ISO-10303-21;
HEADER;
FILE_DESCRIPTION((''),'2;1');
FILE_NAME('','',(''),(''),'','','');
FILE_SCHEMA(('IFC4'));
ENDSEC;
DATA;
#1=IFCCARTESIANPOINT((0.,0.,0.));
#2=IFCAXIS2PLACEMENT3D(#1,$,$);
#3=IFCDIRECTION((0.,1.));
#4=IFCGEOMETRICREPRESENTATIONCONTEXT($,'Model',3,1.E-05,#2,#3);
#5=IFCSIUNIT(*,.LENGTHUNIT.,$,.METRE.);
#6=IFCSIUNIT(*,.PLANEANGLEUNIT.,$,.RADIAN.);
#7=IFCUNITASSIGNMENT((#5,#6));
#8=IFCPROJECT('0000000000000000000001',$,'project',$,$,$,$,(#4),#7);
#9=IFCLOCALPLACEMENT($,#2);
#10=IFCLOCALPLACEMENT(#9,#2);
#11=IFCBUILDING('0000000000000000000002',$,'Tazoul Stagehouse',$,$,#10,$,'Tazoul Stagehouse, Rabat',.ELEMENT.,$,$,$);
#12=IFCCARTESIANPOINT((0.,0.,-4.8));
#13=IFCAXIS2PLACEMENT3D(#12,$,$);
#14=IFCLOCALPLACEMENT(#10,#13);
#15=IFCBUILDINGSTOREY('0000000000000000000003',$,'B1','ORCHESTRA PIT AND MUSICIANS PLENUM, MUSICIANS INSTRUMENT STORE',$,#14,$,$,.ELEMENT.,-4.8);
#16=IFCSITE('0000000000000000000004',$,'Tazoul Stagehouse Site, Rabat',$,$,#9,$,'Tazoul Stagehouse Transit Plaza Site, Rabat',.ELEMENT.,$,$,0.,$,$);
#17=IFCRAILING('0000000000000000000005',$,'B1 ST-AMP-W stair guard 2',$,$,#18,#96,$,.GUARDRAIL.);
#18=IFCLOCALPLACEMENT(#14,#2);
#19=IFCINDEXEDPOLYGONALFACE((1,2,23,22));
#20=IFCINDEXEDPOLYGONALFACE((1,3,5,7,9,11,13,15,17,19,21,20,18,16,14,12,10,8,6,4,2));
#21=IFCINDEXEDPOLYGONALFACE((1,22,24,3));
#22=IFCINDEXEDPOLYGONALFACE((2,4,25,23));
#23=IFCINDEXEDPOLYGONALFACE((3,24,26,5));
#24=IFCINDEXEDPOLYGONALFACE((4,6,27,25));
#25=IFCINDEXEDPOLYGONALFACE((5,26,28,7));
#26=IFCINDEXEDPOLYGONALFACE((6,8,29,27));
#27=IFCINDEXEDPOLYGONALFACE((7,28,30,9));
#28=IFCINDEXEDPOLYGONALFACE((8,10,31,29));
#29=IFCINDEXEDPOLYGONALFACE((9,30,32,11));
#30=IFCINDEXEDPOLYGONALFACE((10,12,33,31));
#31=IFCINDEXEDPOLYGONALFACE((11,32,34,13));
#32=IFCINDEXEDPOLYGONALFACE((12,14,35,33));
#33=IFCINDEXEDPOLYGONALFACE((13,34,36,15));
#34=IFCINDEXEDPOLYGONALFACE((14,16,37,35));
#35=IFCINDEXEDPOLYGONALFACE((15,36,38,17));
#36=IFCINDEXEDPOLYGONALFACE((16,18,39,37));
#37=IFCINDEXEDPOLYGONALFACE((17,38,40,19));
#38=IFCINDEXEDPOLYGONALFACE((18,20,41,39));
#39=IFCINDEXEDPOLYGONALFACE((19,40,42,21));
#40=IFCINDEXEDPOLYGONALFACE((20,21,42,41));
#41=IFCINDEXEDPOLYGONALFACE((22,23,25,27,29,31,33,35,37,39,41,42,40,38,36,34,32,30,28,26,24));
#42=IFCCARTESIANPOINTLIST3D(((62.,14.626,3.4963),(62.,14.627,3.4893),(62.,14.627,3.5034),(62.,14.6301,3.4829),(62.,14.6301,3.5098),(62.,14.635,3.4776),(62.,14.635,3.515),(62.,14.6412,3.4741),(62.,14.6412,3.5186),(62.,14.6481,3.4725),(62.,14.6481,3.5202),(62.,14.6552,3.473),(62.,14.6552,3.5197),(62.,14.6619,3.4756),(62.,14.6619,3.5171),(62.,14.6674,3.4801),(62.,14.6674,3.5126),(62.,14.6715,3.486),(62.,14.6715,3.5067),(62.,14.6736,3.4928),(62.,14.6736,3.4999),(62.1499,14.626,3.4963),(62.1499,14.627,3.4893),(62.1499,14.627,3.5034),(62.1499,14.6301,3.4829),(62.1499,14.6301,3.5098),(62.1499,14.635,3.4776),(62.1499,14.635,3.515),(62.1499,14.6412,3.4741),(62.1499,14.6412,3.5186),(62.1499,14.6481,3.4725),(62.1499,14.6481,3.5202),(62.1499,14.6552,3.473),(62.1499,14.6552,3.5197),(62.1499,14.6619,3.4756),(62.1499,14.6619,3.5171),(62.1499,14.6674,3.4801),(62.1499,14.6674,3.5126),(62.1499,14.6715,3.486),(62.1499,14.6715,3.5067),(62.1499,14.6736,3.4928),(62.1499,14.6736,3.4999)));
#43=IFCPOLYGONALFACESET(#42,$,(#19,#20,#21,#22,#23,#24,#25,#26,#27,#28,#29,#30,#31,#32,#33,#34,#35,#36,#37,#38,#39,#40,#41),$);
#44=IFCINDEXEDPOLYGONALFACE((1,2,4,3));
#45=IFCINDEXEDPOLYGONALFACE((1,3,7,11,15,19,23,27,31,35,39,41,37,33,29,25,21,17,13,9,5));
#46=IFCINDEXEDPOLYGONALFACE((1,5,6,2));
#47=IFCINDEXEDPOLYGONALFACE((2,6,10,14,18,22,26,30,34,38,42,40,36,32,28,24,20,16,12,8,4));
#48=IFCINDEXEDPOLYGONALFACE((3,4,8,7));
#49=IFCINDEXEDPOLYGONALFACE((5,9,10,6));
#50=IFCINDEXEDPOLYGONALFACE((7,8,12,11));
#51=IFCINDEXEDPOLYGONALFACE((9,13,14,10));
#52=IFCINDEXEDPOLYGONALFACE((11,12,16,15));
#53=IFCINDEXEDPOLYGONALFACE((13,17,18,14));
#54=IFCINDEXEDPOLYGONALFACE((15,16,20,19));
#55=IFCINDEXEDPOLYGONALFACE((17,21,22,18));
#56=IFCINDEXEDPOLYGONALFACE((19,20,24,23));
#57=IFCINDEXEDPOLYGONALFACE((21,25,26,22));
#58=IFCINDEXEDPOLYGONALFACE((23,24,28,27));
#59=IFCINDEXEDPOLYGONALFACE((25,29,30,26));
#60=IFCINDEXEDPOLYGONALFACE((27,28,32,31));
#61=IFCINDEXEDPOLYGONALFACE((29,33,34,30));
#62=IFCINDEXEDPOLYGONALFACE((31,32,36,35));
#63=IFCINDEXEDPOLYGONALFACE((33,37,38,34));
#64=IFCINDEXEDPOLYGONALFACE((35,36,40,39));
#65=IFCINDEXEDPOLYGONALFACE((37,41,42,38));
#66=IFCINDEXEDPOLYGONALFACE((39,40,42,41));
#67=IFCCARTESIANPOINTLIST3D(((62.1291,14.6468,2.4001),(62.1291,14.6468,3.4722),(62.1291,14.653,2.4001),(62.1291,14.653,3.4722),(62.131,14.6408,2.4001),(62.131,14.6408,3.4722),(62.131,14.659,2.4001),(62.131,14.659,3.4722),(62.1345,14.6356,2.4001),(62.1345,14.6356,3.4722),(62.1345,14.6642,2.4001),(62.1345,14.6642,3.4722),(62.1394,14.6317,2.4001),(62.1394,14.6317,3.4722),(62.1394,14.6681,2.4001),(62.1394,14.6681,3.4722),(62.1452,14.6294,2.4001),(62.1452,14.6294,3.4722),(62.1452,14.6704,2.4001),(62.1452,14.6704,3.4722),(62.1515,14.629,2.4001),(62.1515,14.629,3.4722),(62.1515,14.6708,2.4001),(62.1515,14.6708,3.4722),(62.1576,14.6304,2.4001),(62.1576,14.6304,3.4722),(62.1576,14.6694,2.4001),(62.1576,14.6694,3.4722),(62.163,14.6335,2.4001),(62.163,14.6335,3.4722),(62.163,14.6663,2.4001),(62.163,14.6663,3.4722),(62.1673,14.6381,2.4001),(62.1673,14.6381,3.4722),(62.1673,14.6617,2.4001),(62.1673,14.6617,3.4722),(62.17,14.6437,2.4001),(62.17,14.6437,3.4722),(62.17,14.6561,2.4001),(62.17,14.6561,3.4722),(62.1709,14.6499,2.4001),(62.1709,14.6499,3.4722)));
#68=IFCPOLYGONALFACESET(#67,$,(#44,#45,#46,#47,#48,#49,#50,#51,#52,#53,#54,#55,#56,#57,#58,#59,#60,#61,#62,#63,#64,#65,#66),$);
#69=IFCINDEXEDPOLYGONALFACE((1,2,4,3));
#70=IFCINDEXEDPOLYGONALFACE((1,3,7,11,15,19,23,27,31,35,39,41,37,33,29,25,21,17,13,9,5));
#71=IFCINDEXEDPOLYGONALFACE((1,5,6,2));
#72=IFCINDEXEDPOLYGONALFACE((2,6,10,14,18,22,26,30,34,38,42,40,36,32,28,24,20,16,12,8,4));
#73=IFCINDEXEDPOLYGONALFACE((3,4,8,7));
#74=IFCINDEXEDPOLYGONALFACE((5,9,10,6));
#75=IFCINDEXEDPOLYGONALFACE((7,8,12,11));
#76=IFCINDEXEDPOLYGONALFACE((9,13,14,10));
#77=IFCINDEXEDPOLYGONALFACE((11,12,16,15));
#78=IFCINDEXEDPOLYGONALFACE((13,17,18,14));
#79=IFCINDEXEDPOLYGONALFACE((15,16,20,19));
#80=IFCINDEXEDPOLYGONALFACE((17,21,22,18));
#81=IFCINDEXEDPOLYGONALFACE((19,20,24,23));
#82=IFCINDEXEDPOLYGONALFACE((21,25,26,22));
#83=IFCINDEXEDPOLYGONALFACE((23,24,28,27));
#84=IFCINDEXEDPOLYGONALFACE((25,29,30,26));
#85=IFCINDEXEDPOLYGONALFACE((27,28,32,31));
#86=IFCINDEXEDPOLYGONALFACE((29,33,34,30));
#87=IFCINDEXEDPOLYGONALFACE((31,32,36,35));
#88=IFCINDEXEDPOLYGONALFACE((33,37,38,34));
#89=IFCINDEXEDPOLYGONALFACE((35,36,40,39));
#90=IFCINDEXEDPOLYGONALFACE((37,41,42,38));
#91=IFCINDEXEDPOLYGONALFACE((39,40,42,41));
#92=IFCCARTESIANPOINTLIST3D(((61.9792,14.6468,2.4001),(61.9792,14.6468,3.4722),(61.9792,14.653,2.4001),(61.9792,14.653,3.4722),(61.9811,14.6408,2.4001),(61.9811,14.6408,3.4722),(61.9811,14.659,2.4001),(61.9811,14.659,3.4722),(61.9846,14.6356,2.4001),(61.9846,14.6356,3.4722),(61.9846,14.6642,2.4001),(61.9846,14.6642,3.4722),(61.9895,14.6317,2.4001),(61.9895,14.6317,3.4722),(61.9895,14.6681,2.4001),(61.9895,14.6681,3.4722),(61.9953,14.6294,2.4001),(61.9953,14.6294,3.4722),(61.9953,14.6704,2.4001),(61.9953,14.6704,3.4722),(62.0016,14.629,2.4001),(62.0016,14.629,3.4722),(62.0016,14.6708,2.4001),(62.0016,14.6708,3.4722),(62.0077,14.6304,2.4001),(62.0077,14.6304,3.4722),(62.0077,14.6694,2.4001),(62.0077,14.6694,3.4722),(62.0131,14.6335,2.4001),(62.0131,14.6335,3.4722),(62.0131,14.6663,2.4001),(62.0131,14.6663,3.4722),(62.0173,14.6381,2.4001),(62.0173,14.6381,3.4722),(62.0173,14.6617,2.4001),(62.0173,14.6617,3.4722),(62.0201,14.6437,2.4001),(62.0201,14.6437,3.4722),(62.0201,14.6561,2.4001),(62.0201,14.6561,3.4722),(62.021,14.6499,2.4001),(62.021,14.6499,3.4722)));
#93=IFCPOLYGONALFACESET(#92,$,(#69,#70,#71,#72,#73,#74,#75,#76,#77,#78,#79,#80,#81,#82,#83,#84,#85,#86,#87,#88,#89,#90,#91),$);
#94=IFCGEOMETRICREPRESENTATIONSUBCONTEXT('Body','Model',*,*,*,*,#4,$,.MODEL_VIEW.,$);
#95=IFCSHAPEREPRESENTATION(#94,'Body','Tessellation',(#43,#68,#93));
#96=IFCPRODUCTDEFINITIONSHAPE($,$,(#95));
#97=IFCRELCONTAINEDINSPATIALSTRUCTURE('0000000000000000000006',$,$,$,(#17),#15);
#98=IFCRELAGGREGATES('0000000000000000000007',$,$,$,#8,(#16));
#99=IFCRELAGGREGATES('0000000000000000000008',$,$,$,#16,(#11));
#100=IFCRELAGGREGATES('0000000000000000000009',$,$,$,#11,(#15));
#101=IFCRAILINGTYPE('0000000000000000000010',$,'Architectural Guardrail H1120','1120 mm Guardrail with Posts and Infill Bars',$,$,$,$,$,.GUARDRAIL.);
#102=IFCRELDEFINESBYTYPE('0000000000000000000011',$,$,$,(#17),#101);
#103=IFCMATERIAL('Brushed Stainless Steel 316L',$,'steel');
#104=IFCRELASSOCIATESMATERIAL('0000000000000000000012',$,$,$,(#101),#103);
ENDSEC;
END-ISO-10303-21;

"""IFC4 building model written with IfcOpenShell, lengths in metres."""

from ifc_helpers import new_model, si_unit, direction, frame, origin, origin_2d, place, context, subcontext, project, spatial, circle, extrude, material, material_profile, profile_set, type_object, element, save


model = new_model("IFC4")

# Units and contexts
model_context = context("Model", 3, precision=1e-05, world=origin(), true_north=direction((0.0, 1.0)))
body_context = subcontext(model_context, "Body", "Model", "MODEL_VIEW")
ifc_project = project(units=[si_unit("LENGTHUNIT", "METRE"), si_unit("PLANEANGLEUNIT", "RADIAN")], contexts=[model_context])

# Site, building, storey
site_placement = place(None, origin())
site = spatial("IfcSite", under=ifc_project, at=site_placement, Name="Tazoul Stagehouse Site, Rabat", LongName="Tazoul Stagehouse Transit Plaza Site, Rabat", CompositionType="ELEMENT", RefElevation=0.0)
building_placement = place(site_placement, origin())
building = spatial("IfcBuilding", under=site, at=building_placement, Name="Tazoul Stagehouse", LongName="Tazoul Stagehouse, Rabat", CompositionType="ELEMENT")
storey_placement = place(building_placement, frame((0.0, 0.0, -4.8)))
storey = spatial("IfcBuildingStorey", under=building, at=storey_placement, Name="B1", Description="ORCHESTRA PIT AND MUSICIANS PLENUM, MUSICIANS INSTRUMENT STORE", CompositionType="ELEMENT", Elevation=-4.8)

# Railing
ifc_material_1 = material(Name="Brushed Stainless Steel 316L", Category="steel")
ifc_material_profile_1 = material_profile(ifc_material_1, circle(Radius=0.0239, at=origin_2d()), Name="SS RAIL D48")
ifc_profile_set_1 = profile_set([ifc_material_profile_1], Name="Brushed Stainless Steel 316L")
railing_type_1 = type_object("IfcRailingType", Name="Architectural Guardrail H1120", Description="1120 mm Guardrail with Posts and Infill Bars", PredefinedType="GUARDRAIL", material=ifc_profile_set_1)
railing_1_placement = place(storey_placement, frame((62.1499, 14.6499, 2.4001)))
element("IfcRailing", 1, at=railing_1_placement, inside=storey, type_object=railing_type_1, Name="B1 ST-AMP-W stair guard 2", PredefinedType="GUARDRAIL", context=body_context, shape_type="SweptSolid", body=[
    extrude(circle(Radius=0.0239, at=origin_2d()), frame((0.0, 0.0, 1.0962), z_axis=(-1.0, 0.0, 0.0), x_axis=(0.0, -1.0, 0.0)), (0.0, 0.0, 1.0), 0.1499),
    extrude(circle(Radius=0.021, at=origin_2d()), origin(), (0.0, 0.0, 1.0), 1.072),
    extrude(circle(Radius=0.021, at=origin_2d()), frame((-0.1499, 0.0, 0.0)), (0.0, 0.0, 1.0), 1.072),
])

save(model, "model.ifc")
